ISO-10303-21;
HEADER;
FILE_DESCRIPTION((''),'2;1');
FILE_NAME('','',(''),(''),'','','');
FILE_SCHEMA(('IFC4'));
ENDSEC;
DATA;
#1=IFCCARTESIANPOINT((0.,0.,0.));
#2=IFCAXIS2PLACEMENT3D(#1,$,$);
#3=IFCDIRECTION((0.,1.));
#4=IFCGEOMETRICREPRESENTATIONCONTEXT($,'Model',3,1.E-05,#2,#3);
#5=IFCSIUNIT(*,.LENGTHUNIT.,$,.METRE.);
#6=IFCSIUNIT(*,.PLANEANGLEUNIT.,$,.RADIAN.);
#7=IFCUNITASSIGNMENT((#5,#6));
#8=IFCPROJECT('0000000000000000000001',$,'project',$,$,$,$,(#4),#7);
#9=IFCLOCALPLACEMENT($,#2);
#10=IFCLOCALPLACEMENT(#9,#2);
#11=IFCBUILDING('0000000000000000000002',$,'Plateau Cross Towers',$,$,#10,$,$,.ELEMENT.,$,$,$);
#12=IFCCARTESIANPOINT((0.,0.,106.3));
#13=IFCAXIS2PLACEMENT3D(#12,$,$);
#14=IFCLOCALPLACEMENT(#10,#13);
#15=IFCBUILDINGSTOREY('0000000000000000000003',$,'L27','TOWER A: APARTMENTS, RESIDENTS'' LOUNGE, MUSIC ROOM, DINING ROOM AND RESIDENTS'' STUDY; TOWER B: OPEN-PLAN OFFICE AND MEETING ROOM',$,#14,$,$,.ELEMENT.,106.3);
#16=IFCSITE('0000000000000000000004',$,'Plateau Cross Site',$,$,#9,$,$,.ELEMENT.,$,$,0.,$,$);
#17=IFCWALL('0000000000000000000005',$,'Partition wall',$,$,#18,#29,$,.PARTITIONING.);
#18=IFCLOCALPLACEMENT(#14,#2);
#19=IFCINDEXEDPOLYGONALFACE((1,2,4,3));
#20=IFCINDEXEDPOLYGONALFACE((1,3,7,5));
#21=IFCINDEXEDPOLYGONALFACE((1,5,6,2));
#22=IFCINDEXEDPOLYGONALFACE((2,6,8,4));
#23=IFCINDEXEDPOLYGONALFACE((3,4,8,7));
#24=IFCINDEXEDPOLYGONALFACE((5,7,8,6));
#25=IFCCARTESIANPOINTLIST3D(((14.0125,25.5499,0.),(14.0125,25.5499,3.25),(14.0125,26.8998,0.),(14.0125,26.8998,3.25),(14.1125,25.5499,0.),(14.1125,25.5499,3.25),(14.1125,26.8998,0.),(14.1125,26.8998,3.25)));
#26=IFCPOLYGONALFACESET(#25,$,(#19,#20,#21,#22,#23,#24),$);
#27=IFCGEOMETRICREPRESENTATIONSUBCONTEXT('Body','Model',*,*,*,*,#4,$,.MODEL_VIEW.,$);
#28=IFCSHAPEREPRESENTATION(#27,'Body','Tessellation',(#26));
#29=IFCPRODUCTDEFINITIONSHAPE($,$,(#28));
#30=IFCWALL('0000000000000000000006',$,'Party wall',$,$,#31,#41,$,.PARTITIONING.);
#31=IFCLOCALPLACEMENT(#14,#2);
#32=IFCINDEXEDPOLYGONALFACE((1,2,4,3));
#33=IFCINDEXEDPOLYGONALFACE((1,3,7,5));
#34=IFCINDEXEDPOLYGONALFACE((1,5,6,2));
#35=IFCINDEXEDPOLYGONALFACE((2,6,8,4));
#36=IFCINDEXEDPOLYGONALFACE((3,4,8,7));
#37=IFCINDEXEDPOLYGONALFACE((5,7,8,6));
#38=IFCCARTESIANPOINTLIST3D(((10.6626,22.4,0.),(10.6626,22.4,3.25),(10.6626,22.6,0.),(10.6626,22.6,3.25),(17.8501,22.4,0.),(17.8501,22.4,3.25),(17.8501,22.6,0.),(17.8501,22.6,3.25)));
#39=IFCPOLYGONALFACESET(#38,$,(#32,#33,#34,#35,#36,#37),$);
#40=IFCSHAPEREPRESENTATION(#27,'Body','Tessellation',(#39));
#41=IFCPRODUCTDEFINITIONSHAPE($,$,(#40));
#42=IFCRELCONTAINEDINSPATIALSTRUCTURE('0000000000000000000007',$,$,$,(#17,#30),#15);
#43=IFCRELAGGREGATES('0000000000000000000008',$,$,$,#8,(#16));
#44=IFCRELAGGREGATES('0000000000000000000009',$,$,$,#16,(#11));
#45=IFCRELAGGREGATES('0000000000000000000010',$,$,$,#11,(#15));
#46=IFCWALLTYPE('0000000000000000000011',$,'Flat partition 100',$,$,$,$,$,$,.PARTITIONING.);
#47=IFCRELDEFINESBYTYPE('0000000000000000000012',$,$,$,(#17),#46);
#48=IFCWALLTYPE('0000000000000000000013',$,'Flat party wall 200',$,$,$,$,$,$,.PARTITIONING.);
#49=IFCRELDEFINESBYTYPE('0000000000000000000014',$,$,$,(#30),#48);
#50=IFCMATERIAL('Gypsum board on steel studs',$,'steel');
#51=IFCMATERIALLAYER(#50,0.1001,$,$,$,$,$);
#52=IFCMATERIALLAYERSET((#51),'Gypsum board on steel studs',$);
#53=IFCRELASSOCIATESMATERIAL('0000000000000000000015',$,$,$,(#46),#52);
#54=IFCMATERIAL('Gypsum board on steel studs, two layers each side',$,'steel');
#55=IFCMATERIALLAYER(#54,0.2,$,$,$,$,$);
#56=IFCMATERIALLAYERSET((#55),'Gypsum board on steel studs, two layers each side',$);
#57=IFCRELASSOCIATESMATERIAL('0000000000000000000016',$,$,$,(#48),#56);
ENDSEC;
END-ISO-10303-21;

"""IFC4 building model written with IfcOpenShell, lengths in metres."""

from ifc_helpers import new_model, si_unit, direction, frame, frame_2d, origin, place, context, subcontext, project, spatial, rectangle, extrude, material, layer, layer_set, type_object, element, save


model = new_model("IFC4")

# Units and contexts
model_context = context("Model", 3, precision=1e-05, world=origin(), true_north=direction((0.0, 1.0)))
body_context = subcontext(model_context, "Body", "Model", "MODEL_VIEW")
ifc_project = project(units=[si_unit("LENGTHUNIT", "METRE"), si_unit("PLANEANGLEUNIT", "RADIAN")], contexts=[model_context])

# Site, building, storey
site_placement = place(None, origin())
site = spatial("IfcSite", under=ifc_project, at=site_placement, Name="Plateau Cross Site", CompositionType="ELEMENT", RefElevation=0.0)
building_placement = place(site_placement, origin())
building = spatial("IfcBuilding", under=site, at=building_placement, Name="Plateau Cross Towers", CompositionType="ELEMENT")
storey_placement = place(building_placement, frame((0.0, 0.0, 106.3)))
storey = spatial("IfcBuildingStorey", under=building, at=storey_placement, Name="L27", Description="TOWER A: APARTMENTS, RESIDENTS' LOUNGE, MUSIC ROOM, DINING ROOM AND RESIDENTS' STUDY; TOWER B: OPEN-PLAN OFFICE AND MEETING ROOM", CompositionType="ELEMENT", Elevation=106.3)

# Shared definitions
ifc_material_1 = material(Name="Gypsum board on steel studs", Category="steel")
ifc_layer_1 = layer(ifc_material_1, 0.1001)
ifc_layer_set_1 = layer_set([ifc_layer_1], Name="Gypsum board on steel studs")
wall_type_1 = type_object("IfcWallType", Name="Flat partition 100", PredefinedType="PARTITIONING", material=ifc_layer_set_1)

# Walls
for number, where, z_axis, x_axis, name in (
    (1, (14.0625, 25.55, 0.0), (0.0, 0.0, 1.0), (0.0, 1.0, 0.0), "Partition wall"),
):
    element("IfcWall", number, at=place(storey_placement, frame(where, z_axis=z_axis, x_axis=x_axis)), inside=storey, type_object=wall_type_1, Name=name, PredefinedType="PARTITIONING", context=body_context, shape_type="SweptSolid", body=[
        extrude(rectangle(XDim=1.3499, YDim=0.1001, at=frame_2d((0.6748, 0.0))), origin(), (0.0, 0.0, 1.0), 3.25),
    ])
ifc_material_2 = material(Name="Gypsum board on steel studs, two layers each side", Category="steel")
ifc_layer_2 = layer(ifc_material_2, 0.2)
ifc_layer_set_2 = layer_set([ifc_layer_2], Name="Gypsum board on steel studs, two layers each side")
wall_type_2 = type_object("IfcWallType", Name="Flat party wall 200", PredefinedType="PARTITIONING", material=ifc_layer_set_2)
wall_1_placement = place(storey_placement, frame((17.8501, 22.5, 0.0), z_axis=(0.0, 0.0, 1.0), x_axis=(-1.0, 0.0, 0.0)))
element("IfcWall", 2, at=wall_1_placement, inside=storey, type_object=wall_type_2, Name="Party wall", PredefinedType="PARTITIONING", context=body_context, shape_type="SweptSolid", body=[
    extrude(rectangle(XDim=7.1875, YDim=0.2, at=frame_2d((3.5938, 0.0))), origin(), (0.0, 0.0, 1.0), 3.25),
])

save(model, "model.ifc")
